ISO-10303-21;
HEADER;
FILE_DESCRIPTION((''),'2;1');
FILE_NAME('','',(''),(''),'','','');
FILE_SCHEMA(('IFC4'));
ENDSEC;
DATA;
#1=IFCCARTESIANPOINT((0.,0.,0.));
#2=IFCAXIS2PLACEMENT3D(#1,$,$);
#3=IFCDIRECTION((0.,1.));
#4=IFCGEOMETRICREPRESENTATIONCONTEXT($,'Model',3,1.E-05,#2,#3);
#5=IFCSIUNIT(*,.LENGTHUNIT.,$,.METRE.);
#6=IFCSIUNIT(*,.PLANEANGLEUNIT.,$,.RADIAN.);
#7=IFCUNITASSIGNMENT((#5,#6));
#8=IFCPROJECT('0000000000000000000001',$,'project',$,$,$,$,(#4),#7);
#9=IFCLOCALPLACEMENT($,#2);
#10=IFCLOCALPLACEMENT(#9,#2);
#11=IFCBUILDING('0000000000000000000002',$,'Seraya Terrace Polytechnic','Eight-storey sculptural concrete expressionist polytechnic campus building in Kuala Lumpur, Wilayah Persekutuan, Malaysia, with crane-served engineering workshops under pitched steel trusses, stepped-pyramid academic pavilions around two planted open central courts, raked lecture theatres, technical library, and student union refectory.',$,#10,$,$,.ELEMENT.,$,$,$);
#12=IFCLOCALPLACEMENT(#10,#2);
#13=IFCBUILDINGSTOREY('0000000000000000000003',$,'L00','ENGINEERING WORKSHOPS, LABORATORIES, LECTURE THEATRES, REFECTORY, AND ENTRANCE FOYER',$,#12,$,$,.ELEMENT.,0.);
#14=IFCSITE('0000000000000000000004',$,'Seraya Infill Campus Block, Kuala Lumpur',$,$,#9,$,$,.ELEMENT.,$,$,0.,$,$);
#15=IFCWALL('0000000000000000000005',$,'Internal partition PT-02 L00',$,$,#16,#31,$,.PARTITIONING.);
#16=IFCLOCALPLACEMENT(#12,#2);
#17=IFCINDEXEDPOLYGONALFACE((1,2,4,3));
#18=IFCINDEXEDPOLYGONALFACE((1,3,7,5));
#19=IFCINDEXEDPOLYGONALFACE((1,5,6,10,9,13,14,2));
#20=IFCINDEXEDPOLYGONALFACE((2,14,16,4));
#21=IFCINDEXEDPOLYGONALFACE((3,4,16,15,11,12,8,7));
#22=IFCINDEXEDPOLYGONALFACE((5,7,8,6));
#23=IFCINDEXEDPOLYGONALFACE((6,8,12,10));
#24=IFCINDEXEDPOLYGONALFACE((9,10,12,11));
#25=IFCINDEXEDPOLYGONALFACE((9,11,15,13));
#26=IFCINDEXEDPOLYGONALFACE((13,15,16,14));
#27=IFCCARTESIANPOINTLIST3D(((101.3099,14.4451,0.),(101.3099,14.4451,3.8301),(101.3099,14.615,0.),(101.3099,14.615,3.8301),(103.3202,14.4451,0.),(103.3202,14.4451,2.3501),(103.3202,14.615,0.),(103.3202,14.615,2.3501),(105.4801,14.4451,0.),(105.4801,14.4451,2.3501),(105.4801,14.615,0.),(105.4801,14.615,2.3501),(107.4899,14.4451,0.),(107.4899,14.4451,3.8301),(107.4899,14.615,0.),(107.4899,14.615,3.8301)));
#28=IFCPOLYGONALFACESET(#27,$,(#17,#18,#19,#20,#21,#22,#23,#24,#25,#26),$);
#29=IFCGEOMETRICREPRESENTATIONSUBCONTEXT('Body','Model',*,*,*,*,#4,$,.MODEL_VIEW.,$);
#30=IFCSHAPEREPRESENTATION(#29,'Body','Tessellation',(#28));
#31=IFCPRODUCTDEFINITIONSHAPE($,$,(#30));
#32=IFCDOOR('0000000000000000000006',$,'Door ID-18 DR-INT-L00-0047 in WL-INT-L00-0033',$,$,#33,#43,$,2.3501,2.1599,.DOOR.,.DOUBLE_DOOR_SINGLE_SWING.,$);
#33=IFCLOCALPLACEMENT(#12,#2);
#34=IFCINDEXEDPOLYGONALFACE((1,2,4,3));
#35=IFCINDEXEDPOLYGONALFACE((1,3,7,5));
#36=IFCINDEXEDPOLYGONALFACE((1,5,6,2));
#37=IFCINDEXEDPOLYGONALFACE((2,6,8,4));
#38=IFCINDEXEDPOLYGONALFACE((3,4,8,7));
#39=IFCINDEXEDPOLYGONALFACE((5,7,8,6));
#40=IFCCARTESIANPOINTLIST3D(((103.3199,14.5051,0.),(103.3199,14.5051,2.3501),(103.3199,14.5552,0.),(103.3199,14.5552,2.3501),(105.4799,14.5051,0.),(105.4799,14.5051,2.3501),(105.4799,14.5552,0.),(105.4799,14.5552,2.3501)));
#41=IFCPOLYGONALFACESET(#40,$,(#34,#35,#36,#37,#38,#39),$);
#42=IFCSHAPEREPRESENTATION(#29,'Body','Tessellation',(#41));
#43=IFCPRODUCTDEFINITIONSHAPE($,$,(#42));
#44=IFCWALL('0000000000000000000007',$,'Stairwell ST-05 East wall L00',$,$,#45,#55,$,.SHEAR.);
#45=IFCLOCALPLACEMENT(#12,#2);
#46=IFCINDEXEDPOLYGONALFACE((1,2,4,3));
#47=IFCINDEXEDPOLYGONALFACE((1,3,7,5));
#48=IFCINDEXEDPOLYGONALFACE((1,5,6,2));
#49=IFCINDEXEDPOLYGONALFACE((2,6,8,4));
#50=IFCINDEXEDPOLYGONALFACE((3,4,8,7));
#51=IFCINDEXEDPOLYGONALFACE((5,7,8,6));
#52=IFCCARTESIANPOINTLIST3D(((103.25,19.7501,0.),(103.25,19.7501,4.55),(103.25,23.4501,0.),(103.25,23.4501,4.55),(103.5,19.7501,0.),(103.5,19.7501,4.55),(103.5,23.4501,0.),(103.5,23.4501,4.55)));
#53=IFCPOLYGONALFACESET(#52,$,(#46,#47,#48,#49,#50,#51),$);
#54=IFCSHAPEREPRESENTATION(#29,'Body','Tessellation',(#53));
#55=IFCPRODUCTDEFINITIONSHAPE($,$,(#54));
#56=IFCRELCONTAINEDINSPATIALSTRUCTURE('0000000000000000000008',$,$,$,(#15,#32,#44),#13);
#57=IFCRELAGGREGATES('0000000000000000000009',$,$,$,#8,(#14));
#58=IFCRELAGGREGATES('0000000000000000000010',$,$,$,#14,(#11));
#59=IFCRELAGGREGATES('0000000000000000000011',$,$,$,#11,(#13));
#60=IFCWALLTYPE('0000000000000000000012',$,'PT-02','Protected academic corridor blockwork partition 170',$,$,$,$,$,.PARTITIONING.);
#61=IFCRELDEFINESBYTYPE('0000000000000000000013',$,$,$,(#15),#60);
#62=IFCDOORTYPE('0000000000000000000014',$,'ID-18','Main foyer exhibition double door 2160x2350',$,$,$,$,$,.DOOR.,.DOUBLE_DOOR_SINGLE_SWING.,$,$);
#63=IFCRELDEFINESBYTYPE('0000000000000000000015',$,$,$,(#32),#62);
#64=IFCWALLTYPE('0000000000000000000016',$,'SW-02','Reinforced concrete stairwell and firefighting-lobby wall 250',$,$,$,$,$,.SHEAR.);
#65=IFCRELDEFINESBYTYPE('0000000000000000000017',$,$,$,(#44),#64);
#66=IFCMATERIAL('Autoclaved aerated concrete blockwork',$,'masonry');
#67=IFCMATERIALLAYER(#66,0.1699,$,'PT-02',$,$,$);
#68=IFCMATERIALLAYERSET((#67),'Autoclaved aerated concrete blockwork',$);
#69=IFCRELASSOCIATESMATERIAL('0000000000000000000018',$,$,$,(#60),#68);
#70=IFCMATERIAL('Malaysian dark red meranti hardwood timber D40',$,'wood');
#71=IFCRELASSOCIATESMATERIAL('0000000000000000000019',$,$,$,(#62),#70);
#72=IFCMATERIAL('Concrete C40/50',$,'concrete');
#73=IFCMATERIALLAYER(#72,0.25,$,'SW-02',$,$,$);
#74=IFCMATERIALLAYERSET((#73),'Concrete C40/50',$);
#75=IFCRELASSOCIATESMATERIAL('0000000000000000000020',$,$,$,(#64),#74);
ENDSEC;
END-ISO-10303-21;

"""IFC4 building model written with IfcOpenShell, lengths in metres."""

from ifc_helpers import new_model, si_unit, direction, frame, frame_2d, origin, place, context, subcontext, project, spatial, rectangle, extrude, material, layer, layer_set, type_object, element, fill, save


model = new_model("IFC4")

# Units and contexts
model_context = context("Model", 3, precision=1e-05, world=origin(), true_north=direction((0.0, 1.0)))
body_context = subcontext(model_context, "Body", "Model", "MODEL_VIEW")
ifc_project = project(units=[si_unit("LENGTHUNIT", "METRE"), si_unit("PLANEANGLEUNIT", "RADIAN")], contexts=[model_context])

# Site, building, storey
site_placement = place(None, origin())
site = spatial("IfcSite", under=ifc_project, at=site_placement, Name="Seraya Infill Campus Block, Kuala Lumpur", CompositionType="ELEMENT", RefElevation=0.0)
building_placement = place(site_placement, origin())
building = spatial("IfcBuilding", under=site, at=building_placement, Name="Seraya Terrace Polytechnic", Description="Eight-storey sculptural concrete expressionist polytechnic campus building in Kuala Lumpur, Wilayah Persekutuan, Malaysia, with crane-served engineering workshops under pitched steel trusses, stepped-pyramid academic pavilions around two planted open central courts, raked lecture theatres, technical library, and student union refectory.", CompositionType="ELEMENT")
storey_placement = place(building_placement, origin())
storey = spatial("IfcBuildingStorey", under=building, at=storey_placement, Name="L00", Description="ENGINEERING WORKSHOPS, LABORATORIES, LECTURE THEATRES, REFECTORY, AND ENTRANCE FOYER", CompositionType="ELEMENT", Elevation=0.0)

# Shared definitions
ifc_material_1 = material(Name="Concrete C40/50", Category="concrete")

# Shared definitions
ifc_material_2 = material(Name="Autoclaved aerated concrete blockwork", Category="masonry")

# Wall, opening, door
ifc_layer_1 = layer(ifc_material_2, 0.1699, Name="PT-02")
ifc_layer_set_1 = layer_set([ifc_layer_1], Name="Autoclaved aerated concrete blockwork")
wall_type_1 = type_object("IfcWallType", Name="PT-02", Description="Protected academic corridor blockwork partition 170", PredefinedType="PARTITIONING", material=ifc_layer_set_1)
wall_1_placement = place(storey_placement, frame((101.3101, 14.53, 0.0), z_axis=(0.0, 0.0, 1.0), x_axis=(1.0, 0.0, 0.0)))
wall_1 = element("IfcWall", 1, at=wall_1_placement, inside=storey, type_object=wall_type_1, Name="Internal partition PT-02 L00", PredefinedType="PARTITIONING", context=body_context, shape_type="SweptSolid", body=[
    extrude(rectangle(XDim=6.1799, YDim=0.1699, at=frame_2d((3.0898, 0.0))), origin(), (0.0, 0.0, 1.0), 3.8301),
])
opening_1_placement = place(wall_1_placement, frame((2.01, 0.0, 0.0)))
opening_1 = element("IfcOpeningElement", 2, at=opening_1_placement, cuts=wall_1, PredefinedType="OPENING", context=body_context, shape_type="SweptSolid", body=[
    extrude(rectangle(XDim=2.1599, YDim=2.3501, at=frame_2d((1.0801, 1.175))), frame((0.0, 0.0969, 0.0), z_axis=(0.0, -1.0, 0.0), x_axis=(1.0, 0.0, 0.0)), (0.0, 0.0, 1.0), 0.1938),
])
ifc_material_3 = material(Name="Malaysian dark red meranti hardwood timber D40", Category="wood")
door_type_1 = type_object("IfcDoorType", Name="ID-18", Description="Main foyer exhibition double door 2160x2350", OperationType="DOUBLE_DOOR_SINGLE_SWING", PredefinedType="DOOR", material=ifc_material_3)
door_1_placement = place(opening_1_placement, frame((2.1599, 0.0, 0.0), z_axis=(0.0, 0.0, 1.0), x_axis=(-1.0, 0.0, 0.0)))
door_1 = element("IfcDoor", 3, at=door_1_placement, inside=storey, type_object=door_type_1, Name="Door ID-18 DR-INT-L00-0047 in WL-INT-L00-0033", OperationType="DOUBLE_DOOR_SINGLE_SWING", OverallHeight=2.3501, OverallWidth=2.1599, PredefinedType="DOOR", context=body_context, shape_type="SweptSolid", body=[
    extrude(rectangle(XDim=2.1599, YDim=2.3501, at=frame_2d((1.0801, 1.175))), frame((0.0, 0.0249, 0.0), z_axis=(0.0, -1.0, 0.0), x_axis=(1.0, 0.0, 0.0)), (0.0, 0.0, 1.0), 0.05),
])
fill(opening_1, door_1)

# Wall
ifc_layer_2 = layer(ifc_material_1, 0.25, Name="SW-02")
ifc_layer_set_2 = layer_set([ifc_layer_2], Name="Concrete C40/50")
wall_type_2 = type_object("IfcWallType", Name="SW-02", Description="Reinforced concrete stairwell and firefighting-lobby wall 250", PredefinedType="SHEAR", material=ifc_layer_set_2)
wall_2_placement = place(storey_placement, frame((103.375, 19.75, 0.0), z_axis=(0.0, 0.0, 1.0), x_axis=(0.0, 1.0, 0.0)))
element("IfcWall", 4, at=wall_2_placement, inside=storey, type_object=wall_type_2, Name="Stairwell ST-05 East wall L00", PredefinedType="SHEAR", context=body_context, shape_type="SweptSolid", body=[
    extrude(rectangle(XDim=3.7, YDim=0.25, at=frame_2d((1.8501, 0.0))), origin(), (0.0, 0.0, 1.0), 4.55),
])

save(model, "model.ifc")
